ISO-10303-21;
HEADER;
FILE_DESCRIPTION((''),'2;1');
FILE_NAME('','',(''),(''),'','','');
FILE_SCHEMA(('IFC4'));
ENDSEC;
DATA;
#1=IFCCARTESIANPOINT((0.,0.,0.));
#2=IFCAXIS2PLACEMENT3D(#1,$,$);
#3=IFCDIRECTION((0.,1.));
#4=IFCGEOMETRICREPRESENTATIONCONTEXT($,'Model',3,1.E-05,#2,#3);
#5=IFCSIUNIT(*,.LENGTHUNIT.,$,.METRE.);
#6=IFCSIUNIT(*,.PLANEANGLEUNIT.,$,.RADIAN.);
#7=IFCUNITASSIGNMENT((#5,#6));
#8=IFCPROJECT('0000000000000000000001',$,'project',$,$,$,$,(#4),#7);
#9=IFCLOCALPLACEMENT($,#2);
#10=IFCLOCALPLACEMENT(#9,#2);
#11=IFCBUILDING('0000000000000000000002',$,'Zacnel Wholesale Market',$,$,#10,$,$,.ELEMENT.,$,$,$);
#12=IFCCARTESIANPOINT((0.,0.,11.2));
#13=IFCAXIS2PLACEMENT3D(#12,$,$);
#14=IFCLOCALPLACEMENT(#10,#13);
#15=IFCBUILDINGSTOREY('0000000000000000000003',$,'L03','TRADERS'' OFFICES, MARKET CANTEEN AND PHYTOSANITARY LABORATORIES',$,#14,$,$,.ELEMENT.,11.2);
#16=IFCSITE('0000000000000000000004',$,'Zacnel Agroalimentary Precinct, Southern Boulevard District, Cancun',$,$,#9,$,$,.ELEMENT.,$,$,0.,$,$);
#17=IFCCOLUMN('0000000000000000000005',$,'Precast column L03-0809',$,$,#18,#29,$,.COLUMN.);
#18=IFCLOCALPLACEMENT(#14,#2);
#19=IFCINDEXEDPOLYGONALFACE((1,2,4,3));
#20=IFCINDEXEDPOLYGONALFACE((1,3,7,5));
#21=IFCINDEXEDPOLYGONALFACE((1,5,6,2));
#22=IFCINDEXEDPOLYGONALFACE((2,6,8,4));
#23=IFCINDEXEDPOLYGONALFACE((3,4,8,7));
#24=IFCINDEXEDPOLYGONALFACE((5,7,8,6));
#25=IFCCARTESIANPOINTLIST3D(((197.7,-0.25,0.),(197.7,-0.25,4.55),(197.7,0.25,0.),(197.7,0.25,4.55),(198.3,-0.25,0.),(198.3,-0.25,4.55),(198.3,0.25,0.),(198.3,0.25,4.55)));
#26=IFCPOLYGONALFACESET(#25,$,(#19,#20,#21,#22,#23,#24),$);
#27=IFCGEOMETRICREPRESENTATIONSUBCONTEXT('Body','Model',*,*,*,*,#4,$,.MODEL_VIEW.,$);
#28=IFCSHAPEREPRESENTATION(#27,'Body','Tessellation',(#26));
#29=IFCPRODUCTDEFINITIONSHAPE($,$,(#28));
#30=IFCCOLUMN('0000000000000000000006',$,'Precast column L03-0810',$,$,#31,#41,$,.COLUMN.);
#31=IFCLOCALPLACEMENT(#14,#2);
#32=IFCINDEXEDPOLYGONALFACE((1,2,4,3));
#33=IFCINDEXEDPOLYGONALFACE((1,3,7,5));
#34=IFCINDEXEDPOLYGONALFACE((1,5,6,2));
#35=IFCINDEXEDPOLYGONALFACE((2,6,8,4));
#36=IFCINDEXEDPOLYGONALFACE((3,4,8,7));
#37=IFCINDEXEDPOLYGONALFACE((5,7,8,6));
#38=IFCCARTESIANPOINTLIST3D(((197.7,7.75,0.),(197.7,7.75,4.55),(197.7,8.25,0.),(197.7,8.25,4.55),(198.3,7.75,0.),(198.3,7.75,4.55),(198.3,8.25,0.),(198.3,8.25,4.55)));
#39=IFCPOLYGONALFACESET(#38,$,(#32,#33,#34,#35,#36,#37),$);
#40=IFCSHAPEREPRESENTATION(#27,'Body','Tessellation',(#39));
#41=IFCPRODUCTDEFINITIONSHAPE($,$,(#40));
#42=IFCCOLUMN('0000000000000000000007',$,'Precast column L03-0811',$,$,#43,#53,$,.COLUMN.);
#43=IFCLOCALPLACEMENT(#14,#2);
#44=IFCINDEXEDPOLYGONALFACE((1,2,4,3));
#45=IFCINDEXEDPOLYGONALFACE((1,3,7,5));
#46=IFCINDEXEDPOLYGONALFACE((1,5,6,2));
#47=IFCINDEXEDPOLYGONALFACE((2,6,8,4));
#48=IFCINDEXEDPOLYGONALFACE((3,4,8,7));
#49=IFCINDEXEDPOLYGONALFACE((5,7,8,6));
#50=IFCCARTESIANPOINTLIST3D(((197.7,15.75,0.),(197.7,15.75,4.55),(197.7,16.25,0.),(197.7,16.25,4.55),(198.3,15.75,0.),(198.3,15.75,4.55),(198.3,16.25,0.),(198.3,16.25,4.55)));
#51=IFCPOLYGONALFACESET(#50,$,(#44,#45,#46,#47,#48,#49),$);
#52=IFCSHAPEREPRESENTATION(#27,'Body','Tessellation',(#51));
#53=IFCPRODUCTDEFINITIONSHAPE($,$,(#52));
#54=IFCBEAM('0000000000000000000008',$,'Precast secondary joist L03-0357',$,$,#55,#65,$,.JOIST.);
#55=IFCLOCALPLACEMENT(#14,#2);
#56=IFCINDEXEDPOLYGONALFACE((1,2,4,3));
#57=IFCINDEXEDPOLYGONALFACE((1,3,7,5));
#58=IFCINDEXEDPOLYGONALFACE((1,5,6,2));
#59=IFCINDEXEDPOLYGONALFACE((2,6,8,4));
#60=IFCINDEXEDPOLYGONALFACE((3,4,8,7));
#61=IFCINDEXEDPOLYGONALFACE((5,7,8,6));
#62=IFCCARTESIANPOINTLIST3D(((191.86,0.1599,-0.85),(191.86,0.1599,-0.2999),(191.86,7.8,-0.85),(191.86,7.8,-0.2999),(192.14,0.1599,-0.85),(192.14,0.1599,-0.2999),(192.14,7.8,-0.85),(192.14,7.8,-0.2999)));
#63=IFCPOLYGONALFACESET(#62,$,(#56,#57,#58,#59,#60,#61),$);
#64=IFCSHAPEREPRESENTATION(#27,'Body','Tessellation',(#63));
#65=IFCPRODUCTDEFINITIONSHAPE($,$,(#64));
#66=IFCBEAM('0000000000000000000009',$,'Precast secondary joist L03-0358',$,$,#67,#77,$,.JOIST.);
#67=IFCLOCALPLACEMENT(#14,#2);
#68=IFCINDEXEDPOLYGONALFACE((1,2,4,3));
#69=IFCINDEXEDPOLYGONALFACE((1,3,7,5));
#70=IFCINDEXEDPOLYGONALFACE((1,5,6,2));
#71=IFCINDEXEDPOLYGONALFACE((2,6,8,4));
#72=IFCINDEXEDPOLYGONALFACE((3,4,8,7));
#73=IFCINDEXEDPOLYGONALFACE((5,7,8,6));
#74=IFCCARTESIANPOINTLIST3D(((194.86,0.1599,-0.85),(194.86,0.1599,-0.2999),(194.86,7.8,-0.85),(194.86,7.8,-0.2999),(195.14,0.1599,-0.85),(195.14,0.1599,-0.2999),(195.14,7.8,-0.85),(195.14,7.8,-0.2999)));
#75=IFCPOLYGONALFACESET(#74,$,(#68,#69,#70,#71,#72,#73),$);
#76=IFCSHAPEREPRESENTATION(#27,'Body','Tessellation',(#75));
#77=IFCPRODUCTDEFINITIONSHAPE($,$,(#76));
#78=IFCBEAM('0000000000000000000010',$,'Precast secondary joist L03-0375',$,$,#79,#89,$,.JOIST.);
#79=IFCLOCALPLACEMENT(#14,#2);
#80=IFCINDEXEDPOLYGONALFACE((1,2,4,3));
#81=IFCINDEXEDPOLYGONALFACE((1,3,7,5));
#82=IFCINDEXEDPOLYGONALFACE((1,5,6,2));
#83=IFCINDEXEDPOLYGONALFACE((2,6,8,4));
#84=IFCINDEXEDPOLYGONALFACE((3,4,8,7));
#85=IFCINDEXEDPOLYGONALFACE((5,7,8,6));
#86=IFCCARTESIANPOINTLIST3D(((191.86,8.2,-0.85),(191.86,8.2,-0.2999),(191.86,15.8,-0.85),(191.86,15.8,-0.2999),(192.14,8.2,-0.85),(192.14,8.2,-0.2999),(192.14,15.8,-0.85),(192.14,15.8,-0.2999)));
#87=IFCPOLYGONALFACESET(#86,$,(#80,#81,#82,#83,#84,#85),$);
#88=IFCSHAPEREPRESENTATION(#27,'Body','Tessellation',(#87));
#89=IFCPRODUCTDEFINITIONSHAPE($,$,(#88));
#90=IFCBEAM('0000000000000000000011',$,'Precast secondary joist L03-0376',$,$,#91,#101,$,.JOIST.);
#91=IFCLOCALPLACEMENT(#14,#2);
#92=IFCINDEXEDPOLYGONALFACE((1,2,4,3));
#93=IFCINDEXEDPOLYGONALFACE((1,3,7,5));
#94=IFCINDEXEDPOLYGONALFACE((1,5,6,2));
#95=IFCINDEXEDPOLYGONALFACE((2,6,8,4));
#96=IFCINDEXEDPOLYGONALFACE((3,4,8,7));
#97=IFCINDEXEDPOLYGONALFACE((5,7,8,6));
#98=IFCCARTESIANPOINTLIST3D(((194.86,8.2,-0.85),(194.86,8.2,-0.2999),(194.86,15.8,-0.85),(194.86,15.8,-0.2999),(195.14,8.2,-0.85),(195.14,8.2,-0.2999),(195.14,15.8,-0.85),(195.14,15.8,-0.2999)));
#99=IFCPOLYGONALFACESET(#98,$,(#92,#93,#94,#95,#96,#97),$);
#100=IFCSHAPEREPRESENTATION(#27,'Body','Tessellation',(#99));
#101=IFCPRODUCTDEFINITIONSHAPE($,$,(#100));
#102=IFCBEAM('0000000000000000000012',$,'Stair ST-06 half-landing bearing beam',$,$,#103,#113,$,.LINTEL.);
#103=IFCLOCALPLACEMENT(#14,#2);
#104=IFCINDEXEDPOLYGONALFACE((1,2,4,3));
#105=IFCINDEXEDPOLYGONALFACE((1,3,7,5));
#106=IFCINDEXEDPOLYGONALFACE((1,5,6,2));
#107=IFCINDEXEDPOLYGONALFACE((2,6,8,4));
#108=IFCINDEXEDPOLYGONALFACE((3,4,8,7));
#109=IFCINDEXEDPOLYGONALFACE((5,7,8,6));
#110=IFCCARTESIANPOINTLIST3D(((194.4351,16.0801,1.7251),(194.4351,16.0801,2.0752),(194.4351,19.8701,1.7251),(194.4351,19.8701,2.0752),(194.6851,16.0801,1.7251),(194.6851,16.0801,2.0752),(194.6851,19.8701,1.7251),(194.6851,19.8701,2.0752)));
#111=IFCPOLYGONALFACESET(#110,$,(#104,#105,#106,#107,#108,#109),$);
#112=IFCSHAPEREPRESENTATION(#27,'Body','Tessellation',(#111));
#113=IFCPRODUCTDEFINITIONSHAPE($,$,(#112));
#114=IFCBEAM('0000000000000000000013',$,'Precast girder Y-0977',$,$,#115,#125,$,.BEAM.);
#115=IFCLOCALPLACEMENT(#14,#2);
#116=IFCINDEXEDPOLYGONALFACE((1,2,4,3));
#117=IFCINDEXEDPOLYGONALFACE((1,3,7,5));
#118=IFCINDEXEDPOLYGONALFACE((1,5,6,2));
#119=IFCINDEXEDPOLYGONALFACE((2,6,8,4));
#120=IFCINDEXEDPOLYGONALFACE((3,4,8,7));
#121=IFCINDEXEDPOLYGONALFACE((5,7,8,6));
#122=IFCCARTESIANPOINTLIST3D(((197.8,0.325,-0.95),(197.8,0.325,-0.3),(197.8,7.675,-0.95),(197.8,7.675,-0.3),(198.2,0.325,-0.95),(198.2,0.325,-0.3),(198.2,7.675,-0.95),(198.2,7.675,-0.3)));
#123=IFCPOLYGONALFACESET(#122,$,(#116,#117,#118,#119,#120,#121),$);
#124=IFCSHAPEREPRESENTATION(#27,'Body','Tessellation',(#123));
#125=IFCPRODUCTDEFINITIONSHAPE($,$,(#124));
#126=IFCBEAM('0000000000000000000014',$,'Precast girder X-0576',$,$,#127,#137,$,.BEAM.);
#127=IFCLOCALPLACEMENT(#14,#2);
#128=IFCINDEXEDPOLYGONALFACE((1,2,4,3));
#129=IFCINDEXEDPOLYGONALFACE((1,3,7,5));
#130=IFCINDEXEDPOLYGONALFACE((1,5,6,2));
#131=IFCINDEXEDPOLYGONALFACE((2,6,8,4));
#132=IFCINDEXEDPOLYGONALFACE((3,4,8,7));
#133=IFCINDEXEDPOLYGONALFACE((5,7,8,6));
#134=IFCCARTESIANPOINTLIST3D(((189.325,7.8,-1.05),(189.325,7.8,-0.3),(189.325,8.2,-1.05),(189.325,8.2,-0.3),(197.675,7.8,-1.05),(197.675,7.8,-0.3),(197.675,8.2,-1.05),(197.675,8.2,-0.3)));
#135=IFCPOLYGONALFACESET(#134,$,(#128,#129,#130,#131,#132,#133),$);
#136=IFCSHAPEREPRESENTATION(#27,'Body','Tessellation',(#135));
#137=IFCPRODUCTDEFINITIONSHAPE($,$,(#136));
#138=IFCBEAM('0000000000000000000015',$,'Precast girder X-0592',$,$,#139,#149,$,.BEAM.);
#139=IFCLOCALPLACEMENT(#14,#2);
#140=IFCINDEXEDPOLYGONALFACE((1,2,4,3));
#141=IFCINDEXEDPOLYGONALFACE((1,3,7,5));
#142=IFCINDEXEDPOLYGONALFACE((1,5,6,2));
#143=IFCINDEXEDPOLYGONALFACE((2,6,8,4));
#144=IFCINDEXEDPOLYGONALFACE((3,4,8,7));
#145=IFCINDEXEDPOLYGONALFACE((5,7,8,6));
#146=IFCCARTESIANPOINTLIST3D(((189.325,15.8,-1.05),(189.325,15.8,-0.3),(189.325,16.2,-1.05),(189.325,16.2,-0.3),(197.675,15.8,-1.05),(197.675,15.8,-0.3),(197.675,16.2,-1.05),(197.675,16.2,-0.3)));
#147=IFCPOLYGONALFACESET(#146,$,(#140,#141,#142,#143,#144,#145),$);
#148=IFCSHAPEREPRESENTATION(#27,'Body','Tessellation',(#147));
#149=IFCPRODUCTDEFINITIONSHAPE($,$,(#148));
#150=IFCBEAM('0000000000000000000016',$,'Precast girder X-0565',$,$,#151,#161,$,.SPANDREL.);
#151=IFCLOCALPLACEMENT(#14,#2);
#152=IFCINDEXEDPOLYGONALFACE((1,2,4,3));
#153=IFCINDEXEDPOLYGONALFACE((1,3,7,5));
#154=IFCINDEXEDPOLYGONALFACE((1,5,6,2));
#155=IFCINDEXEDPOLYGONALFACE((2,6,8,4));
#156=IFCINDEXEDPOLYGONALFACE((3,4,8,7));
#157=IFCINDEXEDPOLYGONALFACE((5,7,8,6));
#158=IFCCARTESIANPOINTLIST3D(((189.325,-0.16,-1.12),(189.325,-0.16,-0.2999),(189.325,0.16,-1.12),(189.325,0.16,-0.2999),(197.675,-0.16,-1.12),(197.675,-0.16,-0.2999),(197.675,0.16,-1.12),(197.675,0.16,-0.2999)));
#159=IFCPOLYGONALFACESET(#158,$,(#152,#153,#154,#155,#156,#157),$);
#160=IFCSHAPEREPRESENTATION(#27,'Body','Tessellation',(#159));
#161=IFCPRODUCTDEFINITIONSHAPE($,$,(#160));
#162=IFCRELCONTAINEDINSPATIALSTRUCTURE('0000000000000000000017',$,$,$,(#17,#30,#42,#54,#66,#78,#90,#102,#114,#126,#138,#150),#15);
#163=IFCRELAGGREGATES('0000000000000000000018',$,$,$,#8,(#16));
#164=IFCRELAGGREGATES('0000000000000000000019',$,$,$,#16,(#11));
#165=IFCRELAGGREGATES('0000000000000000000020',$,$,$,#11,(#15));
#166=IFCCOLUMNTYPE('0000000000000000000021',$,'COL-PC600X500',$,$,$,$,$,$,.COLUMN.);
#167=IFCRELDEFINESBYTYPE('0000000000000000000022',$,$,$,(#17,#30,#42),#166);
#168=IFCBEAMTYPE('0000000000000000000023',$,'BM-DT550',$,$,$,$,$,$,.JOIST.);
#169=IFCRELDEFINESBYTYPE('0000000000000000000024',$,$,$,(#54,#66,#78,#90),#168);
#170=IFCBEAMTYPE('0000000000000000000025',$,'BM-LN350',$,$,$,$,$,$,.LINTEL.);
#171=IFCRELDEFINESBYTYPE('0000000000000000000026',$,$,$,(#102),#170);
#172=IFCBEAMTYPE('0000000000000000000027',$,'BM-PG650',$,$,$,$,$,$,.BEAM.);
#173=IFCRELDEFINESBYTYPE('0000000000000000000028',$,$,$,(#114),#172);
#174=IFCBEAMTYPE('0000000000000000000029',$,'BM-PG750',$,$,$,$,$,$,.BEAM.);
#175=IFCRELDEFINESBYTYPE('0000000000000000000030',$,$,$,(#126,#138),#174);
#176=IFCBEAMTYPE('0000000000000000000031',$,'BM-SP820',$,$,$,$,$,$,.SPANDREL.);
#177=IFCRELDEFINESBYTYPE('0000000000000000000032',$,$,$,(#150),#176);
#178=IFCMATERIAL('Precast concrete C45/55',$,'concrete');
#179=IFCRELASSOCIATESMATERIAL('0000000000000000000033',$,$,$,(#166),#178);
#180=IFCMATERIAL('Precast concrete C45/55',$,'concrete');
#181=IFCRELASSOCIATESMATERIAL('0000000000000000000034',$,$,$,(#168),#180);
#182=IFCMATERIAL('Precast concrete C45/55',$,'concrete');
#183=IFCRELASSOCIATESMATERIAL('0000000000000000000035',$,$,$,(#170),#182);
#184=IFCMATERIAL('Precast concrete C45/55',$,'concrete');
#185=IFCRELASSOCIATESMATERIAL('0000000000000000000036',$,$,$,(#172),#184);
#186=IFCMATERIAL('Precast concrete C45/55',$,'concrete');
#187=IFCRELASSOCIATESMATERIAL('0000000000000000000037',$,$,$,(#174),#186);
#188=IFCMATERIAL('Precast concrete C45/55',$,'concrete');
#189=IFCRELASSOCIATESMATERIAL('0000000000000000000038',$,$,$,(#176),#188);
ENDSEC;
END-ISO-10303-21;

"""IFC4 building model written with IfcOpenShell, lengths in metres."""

from ifc_helpers import new_model, si_unit, direction, frame, origin, origin_2d, place, context, subcontext, project, spatial, rectangle, extrude, material, material_profile, profile_set, type_object, element, save


model = new_model("IFC4")

# Units and contexts
model_context = context("Model", 3, precision=1e-05, world=origin(), true_north=direction((0.0, 1.0)))
body_context = subcontext(model_context, "Body", "Model", "MODEL_VIEW")
ifc_project = project(units=[si_unit("LENGTHUNIT", "METRE"), si_unit("PLANEANGLEUNIT", "RADIAN")], contexts=[model_context])

# Site, building, storey
site_placement = place(None, origin())
site = spatial("IfcSite", under=ifc_project, at=site_placement, Name="Zacnel Agroalimentary Precinct, Southern Boulevard District, Cancun", CompositionType="ELEMENT", RefElevation=0.0)
building_placement = place(site_placement, origin())
building = spatial("IfcBuilding", under=site, at=building_placement, Name="Zacnel Wholesale Market", CompositionType="ELEMENT")
storey_placement = place(building_placement, frame((0.0, 0.0, 11.2)))
storey = spatial("IfcBuildingStorey", under=building, at=storey_placement, Name="L03", Description="TRADERS' OFFICES, MARKET CANTEEN AND PHYTOSANITARY LABORATORIES", CompositionType="ELEMENT", Elevation=11.2)

# Columns
ifc_material_1 = material(Name="Precast concrete C45/55", Category="concrete")
ifc_material_profile_1 = material_profile(ifc_material_1, rectangle(XDim=0.6001, YDim=0.5, at=origin_2d()), Name="PC 600x500")
ifc_profile_set_1 = profile_set([ifc_material_profile_1], Name="Precast concrete C45/55")
column_type = type_object("IfcColumnType", Name="COL-PC600X500", PredefinedType="COLUMN", material=ifc_profile_set_1)
for number, where, z_axis, x_axis, name in (
    (1, (198.0, 0.0, 0.0), (0.0, 0.0, 1.0), (1.0, 0.0, 0.0), "Precast column L03-0809"),
    (2, (198.0, 8.0, 0.0), (0.0, 0.0, 1.0), (1.0, 0.0, 0.0), "Precast column L03-0810"),
    (3, (198.0, 16.0, 0.0), (0.0, 0.0, 1.0), (1.0, 0.0, 0.0), "Precast column L03-0811"),
):
    element("IfcColumn", number, at=place(storey_placement, frame(where, z_axis=z_axis, x_axis=x_axis)), inside=storey, type_object=column_type, Name=name, PredefinedType="COLUMN", context=body_context, shape_type="SweptSolid", body=[
        extrude(rectangle(XDim=0.6001, YDim=0.5, at=origin_2d()), origin(), (0.0, 0.0, 1.0), 4.55),
    ])

# Beams
ifc_material_2 = material(Name="Precast concrete C45/55", Category="concrete")
ifc_material_profile_2 = material_profile(ifc_material_2, rectangle(XDim=0.28, YDim=0.55, at=origin_2d()), Name="DT RIB 280x550")
ifc_profile_set_2 = profile_set([ifc_material_profile_2], Name="Precast concrete C45/55")
beam_type_1 = type_object("IfcBeamType", Name="BM-DT550", PredefinedType="JOIST", material=ifc_profile_set_2)
for number, where, z_axis, x_axis, name in (
    (4, (192.0, 0.1599, -0.575), (0.0, 1.0, 0.0), (-1.0, 0.0, 0.0), "Precast secondary joist L03-0357"),
    (5, (195.0, 0.1599, -0.575), (0.0, 1.0, 0.0), (-1.0, 0.0, 0.0), "Precast secondary joist L03-0358"),
):
    element("IfcBeam", number, at=place(storey_placement, frame(where, z_axis=z_axis, x_axis=x_axis)), inside=storey, type_object=beam_type_1, Name=name, PredefinedType="JOIST", context=body_context, shape_type="SweptSolid", body=[
        extrude(rectangle(XDim=0.28, YDim=0.55, at=origin_2d()), origin(), (0.0, 0.0, 1.0), 7.6401),
    ])
for number, where, z_axis, x_axis, name in (
    (6, (192.0, 8.2, -0.575), (0.0, 1.0, 0.0), (-1.0, 0.0, 0.0), "Precast secondary joist L03-0375"),
    (7, (195.0, 8.2, -0.575), (0.0, 1.0, 0.0), (-1.0, 0.0, 0.0), "Precast secondary joist L03-0376"),
):
    element("IfcBeam", number, at=place(storey_placement, frame(where, z_axis=z_axis, x_axis=x_axis)), inside=storey, type_object=beam_type_1, Name=name, PredefinedType="JOIST", context=body_context, shape_type="SweptSolid", body=[
        extrude(rectangle(XDim=0.28, YDim=0.55, at=origin_2d()), origin(), (0.0, 0.0, 1.0), 7.6001),
    ])
ifc_material_3 = material(Name="Precast concrete C45/55", Category="concrete")
ifc_material_profile_3 = material_profile(ifc_material_3, rectangle(XDim=0.25, YDim=0.3501, at=origin_2d()), Name="LN 250x350")
ifc_profile_set_3 = profile_set([ifc_material_profile_3], Name="Precast concrete C45/55")
beam_type_2 = type_object("IfcBeamType", Name="BM-LN350", PredefinedType="LINTEL", material=ifc_profile_set_3)
beam_1_placement = place(storey_placement, frame((194.5601, 16.0801, 1.9001), z_axis=(0.0, 1.0, 0.0), x_axis=(-1.0, 0.0, 0.0)))
element("IfcBeam", 8, at=beam_1_placement, inside=storey, type_object=beam_type_2, Name="Stair ST-06 half-landing bearing beam", PredefinedType="LINTEL", context=body_context, shape_type="SweptSolid", body=[
    extrude(rectangle(XDim=0.25, YDim=0.3501, at=origin_2d()), origin(), (0.0, 0.0, 1.0), 3.79),
])
ifc_material_4 = material(Name="Precast concrete C45/55", Category="concrete")
ifc_material_profile_4 = material_profile(ifc_material_4, rectangle(XDim=0.3999, YDim=0.6499, at=origin_2d()), Name="PG 400x650")
ifc_profile_set_4 = profile_set([ifc_material_profile_4], Name="Precast concrete C45/55")
beam_type_3 = type_object("IfcBeamType", Name="BM-PG650", PredefinedType="BEAM", material=ifc_profile_set_4)
beam_2_placement = place(storey_placement, frame((198.0, 0.325, -0.625), z_axis=(0.0, 1.0, 0.0), x_axis=(-1.0, 0.0, 0.0)))
element("IfcBeam", 9, at=beam_2_placement, inside=storey, type_object=beam_type_3, Name="Precast girder Y-0977", PredefinedType="BEAM", context=body_context, shape_type="SweptSolid", body=[
    extrude(rectangle(XDim=0.3999, YDim=0.6499, at=origin_2d()), origin(), (0.0, 0.0, 1.0), 7.3501),
])
ifc_material_5 = material(Name="Precast concrete C45/55", Category="concrete")
ifc_material_profile_5 = material_profile(ifc_material_5, rectangle(XDim=0.3999, YDim=0.75, at=origin_2d()), Name="PG 400x750")
ifc_profile_set_5 = profile_set([ifc_material_profile_5], Name="Precast concrete C45/55")
beam_type_4 = type_object("IfcBeamType", Name="BM-PG750", PredefinedType="BEAM", material=ifc_profile_set_5)
for number, where, z_axis, x_axis, name in (
    (10, (189.325, 8.0, -0.675), (1.0, 0.0, 0.0), (0.0, 1.0, 0.0), "Precast girder X-0576"),
    (11, (189.325, 16.0, -0.675), (1.0, 0.0, 0.0), (0.0, 1.0, 0.0), "Precast girder X-0592"),
):
    element("IfcBeam", number, at=place(storey_placement, frame(where, z_axis=z_axis, x_axis=x_axis)), inside=storey, type_object=beam_type_4, Name=name, PredefinedType="BEAM", context=body_context, shape_type="SweptSolid", body=[
        extrude(rectangle(XDim=0.3999, YDim=0.75, at=origin_2d()), origin(), (0.0, 0.0, 1.0), 8.3501),
    ])
ifc_material_6 = material(Name="Precast concrete C45/55", Category="concrete")
ifc_material_profile_6 = material_profile(ifc_material_6, rectangle(XDim=0.3201, YDim=0.8201, at=origin_2d()), Name="SP 320x820")
ifc_profile_set_6 = profile_set([ifc_material_profile_6], Name="Precast concrete C45/55")
beam_type_5 = type_object("IfcBeamType", Name="BM-SP820", PredefinedType="SPANDREL", material=ifc_profile_set_6)
beam_3_placement = place(storey_placement, frame((189.325, 0.0, -0.71), z_axis=(1.0, 0.0, 0.0), x_axis=(0.0, 1.0, 0.0)))
element("IfcBeam", 12, at=beam_3_placement, inside=storey, type_object=beam_type_5, Name="Precast girder X-0565", PredefinedType="SPANDREL", context=body_context, shape_type="SweptSolid", body=[
    extrude(rectangle(XDim=0.3201, YDim=0.8201, at=origin_2d()), origin(), (0.0, 0.0, 1.0), 8.3501),
])

save(model, "model.ifc")
